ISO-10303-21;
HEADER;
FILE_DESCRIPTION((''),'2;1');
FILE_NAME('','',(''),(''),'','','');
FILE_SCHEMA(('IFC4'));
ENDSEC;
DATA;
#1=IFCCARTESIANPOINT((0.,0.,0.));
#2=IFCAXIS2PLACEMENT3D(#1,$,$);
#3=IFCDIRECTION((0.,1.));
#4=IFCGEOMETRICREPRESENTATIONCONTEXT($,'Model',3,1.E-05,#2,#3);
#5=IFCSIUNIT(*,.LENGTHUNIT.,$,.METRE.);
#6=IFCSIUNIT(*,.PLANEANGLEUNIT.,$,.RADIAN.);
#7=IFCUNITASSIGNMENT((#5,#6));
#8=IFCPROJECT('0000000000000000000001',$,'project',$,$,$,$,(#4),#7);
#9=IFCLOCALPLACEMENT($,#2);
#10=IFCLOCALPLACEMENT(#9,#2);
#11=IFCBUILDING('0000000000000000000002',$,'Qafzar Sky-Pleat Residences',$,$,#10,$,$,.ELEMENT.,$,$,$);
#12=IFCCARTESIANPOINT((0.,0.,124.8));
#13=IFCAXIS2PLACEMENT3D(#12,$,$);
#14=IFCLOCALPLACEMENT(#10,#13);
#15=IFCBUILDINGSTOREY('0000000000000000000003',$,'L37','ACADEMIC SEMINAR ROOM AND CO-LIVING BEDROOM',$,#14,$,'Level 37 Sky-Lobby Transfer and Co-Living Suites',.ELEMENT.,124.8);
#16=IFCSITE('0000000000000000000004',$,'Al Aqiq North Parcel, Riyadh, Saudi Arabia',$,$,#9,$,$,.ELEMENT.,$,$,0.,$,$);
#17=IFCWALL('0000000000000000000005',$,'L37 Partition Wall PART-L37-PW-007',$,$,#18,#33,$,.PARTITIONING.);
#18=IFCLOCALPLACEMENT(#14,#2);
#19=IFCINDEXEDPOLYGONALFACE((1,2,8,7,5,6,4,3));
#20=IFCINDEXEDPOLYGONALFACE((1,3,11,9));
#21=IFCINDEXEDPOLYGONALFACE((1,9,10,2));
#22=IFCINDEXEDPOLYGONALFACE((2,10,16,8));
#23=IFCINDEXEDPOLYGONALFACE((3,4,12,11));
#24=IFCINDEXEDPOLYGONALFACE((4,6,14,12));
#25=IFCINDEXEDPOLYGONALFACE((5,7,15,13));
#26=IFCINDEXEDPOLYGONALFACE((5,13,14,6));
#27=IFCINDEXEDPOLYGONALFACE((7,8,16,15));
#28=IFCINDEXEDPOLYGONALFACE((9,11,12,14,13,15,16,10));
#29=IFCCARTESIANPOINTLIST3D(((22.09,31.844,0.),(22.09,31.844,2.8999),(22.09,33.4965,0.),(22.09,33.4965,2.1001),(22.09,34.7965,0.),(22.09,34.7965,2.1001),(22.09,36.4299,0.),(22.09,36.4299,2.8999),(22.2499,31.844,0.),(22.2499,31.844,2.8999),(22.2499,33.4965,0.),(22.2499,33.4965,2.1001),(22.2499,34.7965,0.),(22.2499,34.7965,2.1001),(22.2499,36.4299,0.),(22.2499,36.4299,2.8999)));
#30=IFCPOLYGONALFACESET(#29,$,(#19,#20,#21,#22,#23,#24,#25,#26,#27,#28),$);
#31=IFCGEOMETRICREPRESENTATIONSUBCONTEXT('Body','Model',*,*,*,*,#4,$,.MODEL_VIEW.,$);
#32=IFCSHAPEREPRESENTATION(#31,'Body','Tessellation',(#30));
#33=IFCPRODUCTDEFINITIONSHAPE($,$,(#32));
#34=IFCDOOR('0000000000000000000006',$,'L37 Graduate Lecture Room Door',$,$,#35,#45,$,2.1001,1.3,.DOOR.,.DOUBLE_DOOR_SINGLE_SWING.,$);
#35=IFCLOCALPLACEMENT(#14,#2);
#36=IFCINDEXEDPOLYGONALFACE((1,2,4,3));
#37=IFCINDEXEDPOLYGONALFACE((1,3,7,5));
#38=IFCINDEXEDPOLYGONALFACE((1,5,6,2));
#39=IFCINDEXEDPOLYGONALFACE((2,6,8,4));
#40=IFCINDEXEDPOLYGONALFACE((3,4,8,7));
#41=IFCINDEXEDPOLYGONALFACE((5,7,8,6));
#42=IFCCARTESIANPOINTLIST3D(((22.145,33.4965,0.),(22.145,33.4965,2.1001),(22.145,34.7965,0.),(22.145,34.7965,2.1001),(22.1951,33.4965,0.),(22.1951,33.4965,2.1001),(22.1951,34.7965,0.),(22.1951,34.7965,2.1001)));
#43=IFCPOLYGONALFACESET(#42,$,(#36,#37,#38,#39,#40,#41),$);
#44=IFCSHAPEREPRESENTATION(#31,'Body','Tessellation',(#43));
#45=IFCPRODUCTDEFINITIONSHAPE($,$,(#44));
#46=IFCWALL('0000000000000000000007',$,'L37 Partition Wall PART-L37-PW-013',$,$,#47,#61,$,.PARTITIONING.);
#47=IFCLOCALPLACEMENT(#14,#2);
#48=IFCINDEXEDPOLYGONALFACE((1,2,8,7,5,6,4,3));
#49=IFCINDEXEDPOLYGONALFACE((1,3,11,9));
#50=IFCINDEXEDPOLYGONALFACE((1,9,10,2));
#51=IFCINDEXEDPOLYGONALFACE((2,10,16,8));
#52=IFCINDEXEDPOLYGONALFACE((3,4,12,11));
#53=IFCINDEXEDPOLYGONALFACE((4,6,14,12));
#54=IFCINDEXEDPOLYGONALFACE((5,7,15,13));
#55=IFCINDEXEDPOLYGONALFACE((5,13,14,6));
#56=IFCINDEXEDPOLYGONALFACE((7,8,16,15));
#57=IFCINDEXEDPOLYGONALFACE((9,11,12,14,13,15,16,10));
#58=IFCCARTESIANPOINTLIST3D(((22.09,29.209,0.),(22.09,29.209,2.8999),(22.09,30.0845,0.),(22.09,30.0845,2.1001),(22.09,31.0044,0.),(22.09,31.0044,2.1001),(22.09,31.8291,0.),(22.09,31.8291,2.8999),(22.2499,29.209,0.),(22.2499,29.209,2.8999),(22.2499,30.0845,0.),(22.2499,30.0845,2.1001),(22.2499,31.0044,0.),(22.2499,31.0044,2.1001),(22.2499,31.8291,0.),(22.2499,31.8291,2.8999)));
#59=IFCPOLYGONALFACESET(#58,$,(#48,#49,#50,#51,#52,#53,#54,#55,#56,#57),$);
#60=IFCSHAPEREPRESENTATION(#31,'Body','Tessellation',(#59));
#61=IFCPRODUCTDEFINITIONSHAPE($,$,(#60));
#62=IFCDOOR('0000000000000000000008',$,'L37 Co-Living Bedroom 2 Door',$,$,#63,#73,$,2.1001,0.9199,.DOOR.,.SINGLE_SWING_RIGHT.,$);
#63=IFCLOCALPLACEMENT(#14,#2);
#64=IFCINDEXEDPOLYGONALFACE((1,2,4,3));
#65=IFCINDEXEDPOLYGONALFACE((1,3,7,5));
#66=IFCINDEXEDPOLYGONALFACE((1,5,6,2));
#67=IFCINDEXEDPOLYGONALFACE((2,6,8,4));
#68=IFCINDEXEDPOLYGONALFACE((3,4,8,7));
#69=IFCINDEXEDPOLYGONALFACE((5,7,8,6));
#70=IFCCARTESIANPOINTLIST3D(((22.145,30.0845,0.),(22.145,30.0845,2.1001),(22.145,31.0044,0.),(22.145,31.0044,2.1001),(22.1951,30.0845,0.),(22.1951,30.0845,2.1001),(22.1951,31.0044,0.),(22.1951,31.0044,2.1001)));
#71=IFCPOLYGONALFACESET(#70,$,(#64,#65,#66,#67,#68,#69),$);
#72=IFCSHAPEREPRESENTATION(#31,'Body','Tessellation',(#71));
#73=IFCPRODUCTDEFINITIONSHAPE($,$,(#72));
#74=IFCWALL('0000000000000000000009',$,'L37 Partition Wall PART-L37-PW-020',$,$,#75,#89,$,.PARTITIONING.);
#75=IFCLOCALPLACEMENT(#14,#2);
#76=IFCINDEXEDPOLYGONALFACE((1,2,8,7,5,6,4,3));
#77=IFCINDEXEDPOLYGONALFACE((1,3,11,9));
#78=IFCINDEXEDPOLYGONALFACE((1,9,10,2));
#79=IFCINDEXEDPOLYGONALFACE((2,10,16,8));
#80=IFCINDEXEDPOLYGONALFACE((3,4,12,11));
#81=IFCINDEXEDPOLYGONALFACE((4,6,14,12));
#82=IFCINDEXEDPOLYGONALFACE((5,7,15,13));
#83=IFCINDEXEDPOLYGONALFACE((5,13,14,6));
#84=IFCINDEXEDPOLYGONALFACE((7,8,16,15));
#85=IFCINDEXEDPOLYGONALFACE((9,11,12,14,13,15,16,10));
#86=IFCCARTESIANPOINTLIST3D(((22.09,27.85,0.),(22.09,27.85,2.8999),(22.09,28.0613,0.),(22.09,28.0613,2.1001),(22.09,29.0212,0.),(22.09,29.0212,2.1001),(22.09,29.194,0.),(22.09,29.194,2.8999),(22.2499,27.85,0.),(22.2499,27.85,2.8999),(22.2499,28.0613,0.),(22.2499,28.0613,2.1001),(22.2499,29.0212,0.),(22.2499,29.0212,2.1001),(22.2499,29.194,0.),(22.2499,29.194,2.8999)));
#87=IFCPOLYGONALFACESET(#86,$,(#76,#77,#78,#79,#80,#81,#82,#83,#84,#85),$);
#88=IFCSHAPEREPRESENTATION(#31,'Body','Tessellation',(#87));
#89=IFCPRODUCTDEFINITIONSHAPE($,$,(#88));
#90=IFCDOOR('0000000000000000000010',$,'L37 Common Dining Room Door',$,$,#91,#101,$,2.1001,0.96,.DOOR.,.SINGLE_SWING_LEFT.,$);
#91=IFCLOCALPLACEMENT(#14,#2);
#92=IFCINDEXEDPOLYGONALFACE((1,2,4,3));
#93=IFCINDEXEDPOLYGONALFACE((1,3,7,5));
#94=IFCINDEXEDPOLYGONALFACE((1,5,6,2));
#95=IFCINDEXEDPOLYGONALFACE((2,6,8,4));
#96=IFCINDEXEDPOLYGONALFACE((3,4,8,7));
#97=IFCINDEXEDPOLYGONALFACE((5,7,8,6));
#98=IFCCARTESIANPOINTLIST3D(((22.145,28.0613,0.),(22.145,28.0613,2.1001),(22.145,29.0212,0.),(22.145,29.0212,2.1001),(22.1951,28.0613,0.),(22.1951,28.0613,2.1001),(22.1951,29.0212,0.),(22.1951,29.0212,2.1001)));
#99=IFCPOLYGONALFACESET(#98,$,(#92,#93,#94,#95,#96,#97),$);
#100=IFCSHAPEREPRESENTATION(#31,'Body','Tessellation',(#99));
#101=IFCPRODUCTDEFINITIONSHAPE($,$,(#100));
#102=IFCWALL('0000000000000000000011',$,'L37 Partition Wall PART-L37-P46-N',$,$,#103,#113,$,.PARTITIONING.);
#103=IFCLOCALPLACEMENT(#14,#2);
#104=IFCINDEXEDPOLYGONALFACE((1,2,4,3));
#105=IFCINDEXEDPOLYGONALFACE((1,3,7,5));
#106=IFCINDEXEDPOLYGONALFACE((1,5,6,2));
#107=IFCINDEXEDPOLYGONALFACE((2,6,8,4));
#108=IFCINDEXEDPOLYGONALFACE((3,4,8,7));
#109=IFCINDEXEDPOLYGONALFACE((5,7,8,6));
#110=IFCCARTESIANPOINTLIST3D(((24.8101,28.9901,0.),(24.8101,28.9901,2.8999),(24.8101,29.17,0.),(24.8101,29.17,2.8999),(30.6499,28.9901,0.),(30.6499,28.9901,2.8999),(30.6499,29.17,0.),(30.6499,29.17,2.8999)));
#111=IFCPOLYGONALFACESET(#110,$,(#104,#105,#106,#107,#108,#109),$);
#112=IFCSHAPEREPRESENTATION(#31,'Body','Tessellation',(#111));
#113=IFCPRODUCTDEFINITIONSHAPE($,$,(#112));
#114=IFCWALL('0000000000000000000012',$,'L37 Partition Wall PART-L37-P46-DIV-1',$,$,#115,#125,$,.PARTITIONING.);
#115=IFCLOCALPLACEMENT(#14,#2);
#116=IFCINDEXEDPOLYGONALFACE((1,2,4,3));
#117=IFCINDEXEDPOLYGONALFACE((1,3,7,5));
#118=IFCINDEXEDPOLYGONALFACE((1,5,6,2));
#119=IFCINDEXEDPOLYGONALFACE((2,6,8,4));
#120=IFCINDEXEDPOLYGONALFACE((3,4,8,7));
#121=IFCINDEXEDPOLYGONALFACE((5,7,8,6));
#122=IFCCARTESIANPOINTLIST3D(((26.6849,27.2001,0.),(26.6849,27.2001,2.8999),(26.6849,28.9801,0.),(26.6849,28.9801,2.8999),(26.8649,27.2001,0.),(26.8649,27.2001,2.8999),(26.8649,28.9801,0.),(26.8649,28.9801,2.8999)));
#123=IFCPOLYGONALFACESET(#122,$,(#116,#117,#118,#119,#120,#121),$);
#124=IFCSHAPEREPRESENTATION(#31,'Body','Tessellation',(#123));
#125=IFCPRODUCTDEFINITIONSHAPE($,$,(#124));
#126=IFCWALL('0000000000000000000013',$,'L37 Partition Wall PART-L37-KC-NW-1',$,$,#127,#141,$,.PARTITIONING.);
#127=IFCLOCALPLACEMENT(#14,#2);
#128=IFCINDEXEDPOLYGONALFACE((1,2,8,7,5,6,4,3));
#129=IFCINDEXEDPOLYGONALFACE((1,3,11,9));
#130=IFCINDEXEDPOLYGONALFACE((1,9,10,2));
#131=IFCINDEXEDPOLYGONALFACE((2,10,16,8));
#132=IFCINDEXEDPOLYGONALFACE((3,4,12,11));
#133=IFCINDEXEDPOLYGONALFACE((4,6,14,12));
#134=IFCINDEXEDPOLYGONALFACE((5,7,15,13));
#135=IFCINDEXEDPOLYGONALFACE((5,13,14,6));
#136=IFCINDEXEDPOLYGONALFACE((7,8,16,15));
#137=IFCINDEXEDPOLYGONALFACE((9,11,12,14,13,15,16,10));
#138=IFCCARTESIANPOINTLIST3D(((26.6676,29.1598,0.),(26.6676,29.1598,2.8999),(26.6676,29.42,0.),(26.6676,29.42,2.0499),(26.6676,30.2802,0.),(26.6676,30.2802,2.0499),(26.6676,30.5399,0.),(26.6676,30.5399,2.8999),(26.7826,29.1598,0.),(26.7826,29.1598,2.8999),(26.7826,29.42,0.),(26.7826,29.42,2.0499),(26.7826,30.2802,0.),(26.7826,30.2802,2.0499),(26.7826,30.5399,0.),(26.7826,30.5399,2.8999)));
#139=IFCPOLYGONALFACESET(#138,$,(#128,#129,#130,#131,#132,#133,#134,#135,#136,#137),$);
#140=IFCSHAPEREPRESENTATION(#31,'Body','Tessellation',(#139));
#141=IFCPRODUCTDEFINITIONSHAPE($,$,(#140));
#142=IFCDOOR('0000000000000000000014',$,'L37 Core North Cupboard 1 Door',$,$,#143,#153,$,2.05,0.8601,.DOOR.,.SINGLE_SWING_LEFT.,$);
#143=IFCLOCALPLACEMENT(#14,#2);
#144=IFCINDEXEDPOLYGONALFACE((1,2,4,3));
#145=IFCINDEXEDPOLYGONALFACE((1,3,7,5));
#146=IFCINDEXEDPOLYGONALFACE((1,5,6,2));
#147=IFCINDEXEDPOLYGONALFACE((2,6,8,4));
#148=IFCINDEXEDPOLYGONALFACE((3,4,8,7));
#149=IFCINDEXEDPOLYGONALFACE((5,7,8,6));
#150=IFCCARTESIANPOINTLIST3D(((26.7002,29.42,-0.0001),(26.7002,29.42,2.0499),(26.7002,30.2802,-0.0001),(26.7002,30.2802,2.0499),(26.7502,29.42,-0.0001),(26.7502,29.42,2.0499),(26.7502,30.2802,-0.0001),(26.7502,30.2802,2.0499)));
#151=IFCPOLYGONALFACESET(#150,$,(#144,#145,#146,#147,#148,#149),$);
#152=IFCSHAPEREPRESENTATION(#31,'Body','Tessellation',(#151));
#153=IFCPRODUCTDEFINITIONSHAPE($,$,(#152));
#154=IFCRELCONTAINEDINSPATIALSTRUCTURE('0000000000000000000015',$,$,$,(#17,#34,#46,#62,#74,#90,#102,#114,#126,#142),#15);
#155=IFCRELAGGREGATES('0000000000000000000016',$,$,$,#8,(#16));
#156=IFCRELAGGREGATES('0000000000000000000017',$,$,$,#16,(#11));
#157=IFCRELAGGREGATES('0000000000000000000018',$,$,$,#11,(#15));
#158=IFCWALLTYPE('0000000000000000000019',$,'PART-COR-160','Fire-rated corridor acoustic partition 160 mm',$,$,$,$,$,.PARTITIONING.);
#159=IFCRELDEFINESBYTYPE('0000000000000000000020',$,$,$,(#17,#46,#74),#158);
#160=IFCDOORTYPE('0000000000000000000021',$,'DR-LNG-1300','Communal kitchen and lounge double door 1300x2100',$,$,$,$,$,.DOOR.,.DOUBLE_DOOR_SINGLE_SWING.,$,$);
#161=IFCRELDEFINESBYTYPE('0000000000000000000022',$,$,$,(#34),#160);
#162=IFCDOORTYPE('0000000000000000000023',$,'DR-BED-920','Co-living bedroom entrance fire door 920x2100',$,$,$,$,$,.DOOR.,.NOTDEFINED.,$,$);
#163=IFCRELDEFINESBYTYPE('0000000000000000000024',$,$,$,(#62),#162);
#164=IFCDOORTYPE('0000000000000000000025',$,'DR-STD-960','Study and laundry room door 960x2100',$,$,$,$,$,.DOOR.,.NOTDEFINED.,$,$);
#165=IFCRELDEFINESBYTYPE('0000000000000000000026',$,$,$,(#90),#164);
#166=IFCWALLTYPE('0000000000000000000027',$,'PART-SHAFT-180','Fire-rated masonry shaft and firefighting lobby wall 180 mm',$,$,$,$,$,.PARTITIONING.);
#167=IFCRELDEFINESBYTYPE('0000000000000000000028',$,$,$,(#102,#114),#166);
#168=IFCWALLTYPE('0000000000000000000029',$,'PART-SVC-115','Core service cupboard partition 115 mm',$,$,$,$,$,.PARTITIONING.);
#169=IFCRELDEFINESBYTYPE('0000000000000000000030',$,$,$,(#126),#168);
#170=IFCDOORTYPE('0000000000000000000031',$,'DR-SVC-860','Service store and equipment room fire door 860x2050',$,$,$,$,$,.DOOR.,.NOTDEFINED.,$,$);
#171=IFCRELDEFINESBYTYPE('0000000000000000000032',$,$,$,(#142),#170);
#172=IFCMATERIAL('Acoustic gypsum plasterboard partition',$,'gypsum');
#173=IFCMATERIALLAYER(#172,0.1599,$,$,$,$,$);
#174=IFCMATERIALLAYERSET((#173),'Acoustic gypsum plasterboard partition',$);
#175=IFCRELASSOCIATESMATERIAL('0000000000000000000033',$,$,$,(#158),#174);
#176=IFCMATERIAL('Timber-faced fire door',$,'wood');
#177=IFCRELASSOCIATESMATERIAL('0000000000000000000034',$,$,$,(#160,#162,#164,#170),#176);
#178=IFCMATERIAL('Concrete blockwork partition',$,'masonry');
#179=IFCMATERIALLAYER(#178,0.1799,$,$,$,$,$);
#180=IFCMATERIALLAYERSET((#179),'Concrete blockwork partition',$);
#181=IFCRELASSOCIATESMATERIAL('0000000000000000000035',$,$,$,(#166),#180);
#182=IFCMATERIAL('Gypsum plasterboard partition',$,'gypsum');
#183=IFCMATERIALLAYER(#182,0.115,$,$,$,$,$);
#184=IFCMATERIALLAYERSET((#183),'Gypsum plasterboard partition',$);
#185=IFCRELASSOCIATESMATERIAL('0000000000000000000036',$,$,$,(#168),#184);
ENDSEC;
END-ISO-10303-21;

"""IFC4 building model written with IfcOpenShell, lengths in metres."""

from ifc_helpers import new_model, si_unit, direction, frame, frame_2d, origin, place, context, subcontext, project, spatial, rectangle, extrude, source, transform, mapped, material, layer, layer_set, type_object, element, fill, save


model = new_model("IFC4")

# Units and contexts
model_context = context("Model", 3, precision=1e-05, world=origin(), true_north=direction((0.0, 1.0)))
body_context = subcontext(model_context, "Body", "Model", "MODEL_VIEW")
ifc_project = project(units=[si_unit("LENGTHUNIT", "METRE"), si_unit("PLANEANGLEUNIT", "RADIAN")], contexts=[model_context])

# Site, building, storey
site_placement = place(None, origin())
site = spatial("IfcSite", under=ifc_project, at=site_placement, Name="Al Aqiq North Parcel, Riyadh, Saudi Arabia", CompositionType="ELEMENT", RefElevation=0.0)
building_placement = place(site_placement, origin())
building = spatial("IfcBuilding", under=site, at=building_placement, Name="Qafzar Sky-Pleat Residences", CompositionType="ELEMENT")
storey_placement = place(building_placement, frame((0.0, 0.0, 124.8)))
storey = spatial("IfcBuildingStorey", under=building, at=storey_placement, Name="L37", Description="ACADEMIC SEMINAR ROOM AND CO-LIVING BEDROOM", LongName="Level 37 Sky-Lobby Transfer and Co-Living Suites", CompositionType="ELEMENT", Elevation=124.8)

# Walls, openings, doors
ifc_material_1 = material(Name="Acoustic gypsum plasterboard partition", Category="gypsum")
ifc_layer_1 = layer(ifc_material_1, 0.1599)
ifc_layer_set_1 = layer_set([ifc_layer_1], Name="Acoustic gypsum plasterboard partition")
wall_type_1 = type_object("IfcWallType", Name="PART-COR-160", Description="Fire-rated corridor acoustic partition 160 mm", PredefinedType="PARTITIONING", material=ifc_layer_set_1)
wall_1_placement = place(storey_placement, frame((22.1699, 31.844, 0.0), z_axis=(0.0, 0.0, 1.0), x_axis=(0.0, 1.0, 0.0)))
wall_1 = element("IfcWall", 1, at=wall_1_placement, inside=storey, type_object=wall_type_1, Name="L37 Partition Wall PART-L37-PW-007", PredefinedType="PARTITIONING", context=body_context, shape_type="SweptSolid", body=[
    extrude(rectangle(XDim=4.5859, YDim=0.1599, at=frame_2d((2.293, 0.0))), origin(), (0.0, 0.0, 1.0), 2.8999),
])
opening_1_placement = place(wall_1_placement, frame((1.6526, 0.0, 0.0)))
opening_1 = element("IfcOpeningElement", 2, at=opening_1_placement, cuts=wall_1, PredefinedType="OPENING", context=body_context, shape_type="SweptSolid", body=[
    extrude(rectangle(XDim=1.3, YDim=2.1001, at=frame_2d((0.6499, 1.05))), frame((0.0, 0.0898, 0.0), z_axis=(0.0, -1.0, 0.0), x_axis=(1.0, 0.0, 0.0)), (0.0, 0.0, 1.0), 0.1799),
])
ifc_material_2 = material(Name="Timber-faced fire door", Category="wood")
door_type_1 = type_object("IfcDoorType", Name="DR-LNG-1300", Description="Communal kitchen and lounge double door 1300x2100", OperationType="DOUBLE_DOOR_SINGLE_SWING", PredefinedType="DOOR", material=ifc_material_2)
shared_shape_1 = source(origin(), body_context, "Body", "SweptSolid", [
    extrude(rectangle(XDim=1.3, YDim=2.1001, at=frame_2d((0.6499, 1.05))), frame((0.0, 0.0249, 0.0), z_axis=(0.0, -1.0, 0.0), x_axis=(1.0, 0.0, 0.0)), (0.0, 0.0, 1.0), 0.05),
])
door_1_placement = place(opening_1_placement, origin())
door_1 = element("IfcDoor", 3, at=door_1_placement, inside=storey, type_object=door_type_1, Name="L37 Graduate Lecture Room Door", OperationType="DOUBLE_DOOR_SINGLE_SWING", OverallHeight=2.1001, OverallWidth=1.3, PredefinedType="DOOR", context=body_context, shape_type="MappedRepresentation", body=[
    mapped(shared_shape_1, transform((0.0, 0.0, 0.0), x_axis=(1.0, 0.0, 0.0), y_axis=(0.0, 1.0, 0.0), z_axis=(0.0, 0.0, 1.0), scale=1.0)),
])
fill(opening_1, door_1)
wall_2_placement = place(storey_placement, frame((22.1699, 29.209, 0.0), z_axis=(0.0, 0.0, 1.0), x_axis=(0.0, 1.0, 0.0)))
wall_2 = element("IfcWall", 4, at=wall_2_placement, inside=storey, type_object=wall_type_1, Name="L37 Partition Wall PART-L37-PW-013", PredefinedType="PARTITIONING", context=body_context, shape_type="SweptSolid", body=[
    extrude(rectangle(XDim=2.6201, YDim=0.1599, at=frame_2d((1.3101, 0.0))), origin(), (0.0, 0.0, 1.0), 2.8999),
])
opening_2_placement = place(wall_2_placement, frame((0.8755, 0.0, 0.0)))
opening_2 = element("IfcOpeningElement", 5, at=opening_2_placement, cuts=wall_2, PredefinedType="OPENING", context=body_context, shape_type="SweptSolid", body=[
    extrude(rectangle(XDim=0.9199, YDim=2.1001, at=frame_2d((0.46, 1.05))), frame((0.0, 0.0898, 0.0), z_axis=(0.0, -1.0, 0.0), x_axis=(1.0, 0.0, 0.0)), (0.0, 0.0, 1.0), 0.1799),
])
door_type_2 = type_object("IfcDoorType", Name="DR-BED-920", Description="Co-living bedroom entrance fire door 920x2100", OperationType="NOTDEFINED", PredefinedType="DOOR", material=ifc_material_2)
shared_shape_2 = source(origin(), body_context, "Body", "SweptSolid", [
    extrude(rectangle(XDim=0.9199, YDim=2.1001, at=frame_2d((0.46, 1.05))), frame((0.0, 0.0249, 0.0), z_axis=(0.0, -1.0, 0.0), x_axis=(1.0, 0.0, 0.0)), (0.0, 0.0, 1.0), 0.05),
])
door_2_placement = place(opening_2_placement, origin())
door_2 = element("IfcDoor", 6, at=door_2_placement, inside=storey, type_object=door_type_2, Name="L37 Co-Living Bedroom 2 Door", OperationType="SINGLE_SWING_RIGHT", OverallHeight=2.1001, OverallWidth=0.9199, PredefinedType="DOOR", context=body_context, shape_type="MappedRepresentation", body=[
    mapped(shared_shape_2, transform((0.0, 0.0, 0.0), x_axis=(1.0, 0.0, 0.0), y_axis=(0.0, 1.0, 0.0), z_axis=(0.0, 0.0, 1.0), scale=1.0)),
])
fill(opening_2, door_2)
wall_3_placement = place(storey_placement, frame((22.1699, 27.8501, 0.0), z_axis=(0.0, 0.0, 1.0), x_axis=(0.0, 1.0, 0.0)))
wall_3 = element("IfcWall", 7, at=wall_3_placement, inside=storey, type_object=wall_type_1, Name="L37 Partition Wall PART-L37-PW-020", PredefinedType="PARTITIONING", context=body_context, shape_type="SweptSolid", body=[
    extrude(rectangle(XDim=1.344, YDim=0.1599, at=frame_2d((0.6719, 0.0))), origin(), (0.0, 0.0, 1.0), 2.8999),
])
opening_3_placement = place(wall_3_placement, frame((0.2112, 0.0, 0.0)))
opening_3 = element("IfcOpeningElement", 8, at=opening_3_placement, cuts=wall_3, PredefinedType="OPENING", context=body_context, shape_type="SweptSolid", body=[
    extrude(rectangle(XDim=0.96, YDim=2.1001, at=frame_2d((0.48, 1.05))), frame((0.0, 0.0898, 0.0), z_axis=(0.0, -1.0, 0.0), x_axis=(1.0, 0.0, 0.0)), (0.0, 0.0, 1.0), 0.1799),
])
door_type_3 = type_object("IfcDoorType", Name="DR-STD-960", Description="Study and laundry room door 960x2100", OperationType="NOTDEFINED", PredefinedType="DOOR", material=ifc_material_2)
shared_shape_3 = source(origin(), body_context, "Body", "SweptSolid", [
    extrude(rectangle(XDim=0.96, YDim=2.1001, at=frame_2d((0.48, 1.05))), frame((0.0, 0.0249, 0.0), z_axis=(0.0, -1.0, 0.0), x_axis=(1.0, 0.0, 0.0)), (0.0, 0.0, 1.0), 0.05),
])
door_3_placement = place(opening_3_placement, origin())
door_3 = element("IfcDoor", 9, at=door_3_placement, inside=storey, type_object=door_type_3, Name="L37 Common Dining Room Door", OperationType="SINGLE_SWING_LEFT", OverallHeight=2.1001, OverallWidth=0.96, PredefinedType="DOOR", context=body_context, shape_type="MappedRepresentation", body=[
    mapped(shared_shape_3, transform((0.0, 0.0, 0.0), x_axis=(1.0, 0.0, 0.0), y_axis=(0.0, 1.0, 0.0), z_axis=(0.0, 0.0, 1.0), scale=1.0)),
])
fill(opening_3, door_3)

# Wall
ifc_material_3 = material(Name="Concrete blockwork partition", Category="masonry")
ifc_layer_2 = layer(ifc_material_3, 0.1799)
ifc_layer_set_2 = layer_set([ifc_layer_2], Name="Concrete blockwork partition")
wall_type_2 = type_object("IfcWallType", Name="PART-SHAFT-180", Description="Fire-rated masonry shaft and firefighting lobby wall 180 mm", PredefinedType="PARTITIONING", material=ifc_layer_set_2)
wall_4_placement = place(storey_placement, frame((24.8101, 29.0801, 0.0), z_axis=(0.0, 0.0, 1.0), x_axis=(1.0, 0.0, 0.0)))
element("IfcWall", 10, at=wall_4_placement, inside=storey, type_object=wall_type_2, Name="L37 Partition Wall PART-L37-P46-N", PredefinedType="PARTITIONING", context=body_context, shape_type="SweptSolid", body=[
    extrude(rectangle(XDim=5.8398, YDim=0.1799, at=frame_2d((2.9199, 0.0))), origin(), (0.0, 0.0, 1.0), 2.8999),
])

# Wall
wall_5_placement = place(storey_placement, frame((26.7749, 27.2, 0.0), z_axis=(0.0, 0.0, 1.0), x_axis=(0.0, 1.0, 0.0)))
element("IfcWall", 11, at=wall_5_placement, inside=storey, type_object=wall_type_2, Name="L37 Partition Wall PART-L37-P46-DIV-1", PredefinedType="PARTITIONING", context=body_context, shape_type="SweptSolid", body=[
    extrude(rectangle(XDim=1.78, YDim=0.1799, at=frame_2d((0.8901, 0.0))), origin(), (0.0, 0.0, 1.0), 2.8999),
])

# Wall, opening, door
ifc_material_4 = material(Name="Gypsum plasterboard partition", Category="gypsum")
ifc_layer_3 = layer(ifc_material_4, 0.115)
ifc_layer_set_3 = layer_set([ifc_layer_3], Name="Gypsum plasterboard partition")
wall_type_3 = type_object("IfcWallType", Name="PART-SVC-115", Description="Core service cupboard partition 115 mm", PredefinedType="PARTITIONING", material=ifc_layer_set_3)
wall_6_placement = place(storey_placement, frame((26.7251, 29.1599, 0.0), z_axis=(0.0, 0.0, 1.0), x_axis=(0.0, 1.0, 0.0)))
wall_6 = element("IfcWall", 12, at=wall_6_placement, inside=storey, type_object=wall_type_3, Name="L37 Partition Wall PART-L37-KC-NW-1", PredefinedType="PARTITIONING", context=body_context, shape_type="SweptSolid", body=[
    extrude(rectangle(XDim=1.3801, YDim=0.115, at=frame_2d((0.6899, 0.0))), origin(), (0.0, 0.0, 1.0), 2.8999),
])
opening_4_placement = place(wall_6_placement, frame((0.26, 0.0, 0.0)))
opening_4 = element("IfcOpeningElement", 13, at=opening_4_placement, cuts=wall_6, PredefinedType="OPENING", context=body_context, shape_type="SweptSolid", body=[
    extrude(rectangle(XDim=0.8601, YDim=2.05, at=frame_2d((0.4302, 1.0249))), frame((0.0, 0.0674, 0.0), z_axis=(0.0, -1.0, 0.0), x_axis=(1.0, 0.0, 0.0)), (0.0, 0.0, 1.0), 0.135),
])
door_type_4 = type_object("IfcDoorType", Name="DR-SVC-860", Description="Service store and equipment room fire door 860x2050", OperationType="NOTDEFINED", PredefinedType="DOOR", material=ifc_material_2)
shared_shape_4 = source(origin(), body_context, "Body", "SweptSolid", [
    extrude(rectangle(XDim=0.8601, YDim=2.05, at=frame_2d((0.4302, 1.0249))), frame((0.0, 0.0249, 0.0), z_axis=(0.0, -1.0, 0.0), x_axis=(1.0, 0.0, 0.0)), (0.0, 0.0, 1.0), 0.05),
])
door_4_placement = place(opening_4_placement, origin())
door_4 = element("IfcDoor", 14, at=door_4_placement, inside=storey, type_object=door_type_4, Name="L37 Core North Cupboard 1 Door", OperationType="SINGLE_SWING_LEFT", OverallHeight=2.05, OverallWidth=0.8601, PredefinedType="DOOR", context=body_context, shape_type="MappedRepresentation", body=[
    mapped(shared_shape_4, transform((0.0, 0.0, 0.0), x_axis=(1.0, 0.0, 0.0), y_axis=(0.0, 1.0, 0.0), z_axis=(0.0, 0.0, 1.0), scale=1.0)),
])
fill(opening_4, door_4)

save(model, "model.ifc")
